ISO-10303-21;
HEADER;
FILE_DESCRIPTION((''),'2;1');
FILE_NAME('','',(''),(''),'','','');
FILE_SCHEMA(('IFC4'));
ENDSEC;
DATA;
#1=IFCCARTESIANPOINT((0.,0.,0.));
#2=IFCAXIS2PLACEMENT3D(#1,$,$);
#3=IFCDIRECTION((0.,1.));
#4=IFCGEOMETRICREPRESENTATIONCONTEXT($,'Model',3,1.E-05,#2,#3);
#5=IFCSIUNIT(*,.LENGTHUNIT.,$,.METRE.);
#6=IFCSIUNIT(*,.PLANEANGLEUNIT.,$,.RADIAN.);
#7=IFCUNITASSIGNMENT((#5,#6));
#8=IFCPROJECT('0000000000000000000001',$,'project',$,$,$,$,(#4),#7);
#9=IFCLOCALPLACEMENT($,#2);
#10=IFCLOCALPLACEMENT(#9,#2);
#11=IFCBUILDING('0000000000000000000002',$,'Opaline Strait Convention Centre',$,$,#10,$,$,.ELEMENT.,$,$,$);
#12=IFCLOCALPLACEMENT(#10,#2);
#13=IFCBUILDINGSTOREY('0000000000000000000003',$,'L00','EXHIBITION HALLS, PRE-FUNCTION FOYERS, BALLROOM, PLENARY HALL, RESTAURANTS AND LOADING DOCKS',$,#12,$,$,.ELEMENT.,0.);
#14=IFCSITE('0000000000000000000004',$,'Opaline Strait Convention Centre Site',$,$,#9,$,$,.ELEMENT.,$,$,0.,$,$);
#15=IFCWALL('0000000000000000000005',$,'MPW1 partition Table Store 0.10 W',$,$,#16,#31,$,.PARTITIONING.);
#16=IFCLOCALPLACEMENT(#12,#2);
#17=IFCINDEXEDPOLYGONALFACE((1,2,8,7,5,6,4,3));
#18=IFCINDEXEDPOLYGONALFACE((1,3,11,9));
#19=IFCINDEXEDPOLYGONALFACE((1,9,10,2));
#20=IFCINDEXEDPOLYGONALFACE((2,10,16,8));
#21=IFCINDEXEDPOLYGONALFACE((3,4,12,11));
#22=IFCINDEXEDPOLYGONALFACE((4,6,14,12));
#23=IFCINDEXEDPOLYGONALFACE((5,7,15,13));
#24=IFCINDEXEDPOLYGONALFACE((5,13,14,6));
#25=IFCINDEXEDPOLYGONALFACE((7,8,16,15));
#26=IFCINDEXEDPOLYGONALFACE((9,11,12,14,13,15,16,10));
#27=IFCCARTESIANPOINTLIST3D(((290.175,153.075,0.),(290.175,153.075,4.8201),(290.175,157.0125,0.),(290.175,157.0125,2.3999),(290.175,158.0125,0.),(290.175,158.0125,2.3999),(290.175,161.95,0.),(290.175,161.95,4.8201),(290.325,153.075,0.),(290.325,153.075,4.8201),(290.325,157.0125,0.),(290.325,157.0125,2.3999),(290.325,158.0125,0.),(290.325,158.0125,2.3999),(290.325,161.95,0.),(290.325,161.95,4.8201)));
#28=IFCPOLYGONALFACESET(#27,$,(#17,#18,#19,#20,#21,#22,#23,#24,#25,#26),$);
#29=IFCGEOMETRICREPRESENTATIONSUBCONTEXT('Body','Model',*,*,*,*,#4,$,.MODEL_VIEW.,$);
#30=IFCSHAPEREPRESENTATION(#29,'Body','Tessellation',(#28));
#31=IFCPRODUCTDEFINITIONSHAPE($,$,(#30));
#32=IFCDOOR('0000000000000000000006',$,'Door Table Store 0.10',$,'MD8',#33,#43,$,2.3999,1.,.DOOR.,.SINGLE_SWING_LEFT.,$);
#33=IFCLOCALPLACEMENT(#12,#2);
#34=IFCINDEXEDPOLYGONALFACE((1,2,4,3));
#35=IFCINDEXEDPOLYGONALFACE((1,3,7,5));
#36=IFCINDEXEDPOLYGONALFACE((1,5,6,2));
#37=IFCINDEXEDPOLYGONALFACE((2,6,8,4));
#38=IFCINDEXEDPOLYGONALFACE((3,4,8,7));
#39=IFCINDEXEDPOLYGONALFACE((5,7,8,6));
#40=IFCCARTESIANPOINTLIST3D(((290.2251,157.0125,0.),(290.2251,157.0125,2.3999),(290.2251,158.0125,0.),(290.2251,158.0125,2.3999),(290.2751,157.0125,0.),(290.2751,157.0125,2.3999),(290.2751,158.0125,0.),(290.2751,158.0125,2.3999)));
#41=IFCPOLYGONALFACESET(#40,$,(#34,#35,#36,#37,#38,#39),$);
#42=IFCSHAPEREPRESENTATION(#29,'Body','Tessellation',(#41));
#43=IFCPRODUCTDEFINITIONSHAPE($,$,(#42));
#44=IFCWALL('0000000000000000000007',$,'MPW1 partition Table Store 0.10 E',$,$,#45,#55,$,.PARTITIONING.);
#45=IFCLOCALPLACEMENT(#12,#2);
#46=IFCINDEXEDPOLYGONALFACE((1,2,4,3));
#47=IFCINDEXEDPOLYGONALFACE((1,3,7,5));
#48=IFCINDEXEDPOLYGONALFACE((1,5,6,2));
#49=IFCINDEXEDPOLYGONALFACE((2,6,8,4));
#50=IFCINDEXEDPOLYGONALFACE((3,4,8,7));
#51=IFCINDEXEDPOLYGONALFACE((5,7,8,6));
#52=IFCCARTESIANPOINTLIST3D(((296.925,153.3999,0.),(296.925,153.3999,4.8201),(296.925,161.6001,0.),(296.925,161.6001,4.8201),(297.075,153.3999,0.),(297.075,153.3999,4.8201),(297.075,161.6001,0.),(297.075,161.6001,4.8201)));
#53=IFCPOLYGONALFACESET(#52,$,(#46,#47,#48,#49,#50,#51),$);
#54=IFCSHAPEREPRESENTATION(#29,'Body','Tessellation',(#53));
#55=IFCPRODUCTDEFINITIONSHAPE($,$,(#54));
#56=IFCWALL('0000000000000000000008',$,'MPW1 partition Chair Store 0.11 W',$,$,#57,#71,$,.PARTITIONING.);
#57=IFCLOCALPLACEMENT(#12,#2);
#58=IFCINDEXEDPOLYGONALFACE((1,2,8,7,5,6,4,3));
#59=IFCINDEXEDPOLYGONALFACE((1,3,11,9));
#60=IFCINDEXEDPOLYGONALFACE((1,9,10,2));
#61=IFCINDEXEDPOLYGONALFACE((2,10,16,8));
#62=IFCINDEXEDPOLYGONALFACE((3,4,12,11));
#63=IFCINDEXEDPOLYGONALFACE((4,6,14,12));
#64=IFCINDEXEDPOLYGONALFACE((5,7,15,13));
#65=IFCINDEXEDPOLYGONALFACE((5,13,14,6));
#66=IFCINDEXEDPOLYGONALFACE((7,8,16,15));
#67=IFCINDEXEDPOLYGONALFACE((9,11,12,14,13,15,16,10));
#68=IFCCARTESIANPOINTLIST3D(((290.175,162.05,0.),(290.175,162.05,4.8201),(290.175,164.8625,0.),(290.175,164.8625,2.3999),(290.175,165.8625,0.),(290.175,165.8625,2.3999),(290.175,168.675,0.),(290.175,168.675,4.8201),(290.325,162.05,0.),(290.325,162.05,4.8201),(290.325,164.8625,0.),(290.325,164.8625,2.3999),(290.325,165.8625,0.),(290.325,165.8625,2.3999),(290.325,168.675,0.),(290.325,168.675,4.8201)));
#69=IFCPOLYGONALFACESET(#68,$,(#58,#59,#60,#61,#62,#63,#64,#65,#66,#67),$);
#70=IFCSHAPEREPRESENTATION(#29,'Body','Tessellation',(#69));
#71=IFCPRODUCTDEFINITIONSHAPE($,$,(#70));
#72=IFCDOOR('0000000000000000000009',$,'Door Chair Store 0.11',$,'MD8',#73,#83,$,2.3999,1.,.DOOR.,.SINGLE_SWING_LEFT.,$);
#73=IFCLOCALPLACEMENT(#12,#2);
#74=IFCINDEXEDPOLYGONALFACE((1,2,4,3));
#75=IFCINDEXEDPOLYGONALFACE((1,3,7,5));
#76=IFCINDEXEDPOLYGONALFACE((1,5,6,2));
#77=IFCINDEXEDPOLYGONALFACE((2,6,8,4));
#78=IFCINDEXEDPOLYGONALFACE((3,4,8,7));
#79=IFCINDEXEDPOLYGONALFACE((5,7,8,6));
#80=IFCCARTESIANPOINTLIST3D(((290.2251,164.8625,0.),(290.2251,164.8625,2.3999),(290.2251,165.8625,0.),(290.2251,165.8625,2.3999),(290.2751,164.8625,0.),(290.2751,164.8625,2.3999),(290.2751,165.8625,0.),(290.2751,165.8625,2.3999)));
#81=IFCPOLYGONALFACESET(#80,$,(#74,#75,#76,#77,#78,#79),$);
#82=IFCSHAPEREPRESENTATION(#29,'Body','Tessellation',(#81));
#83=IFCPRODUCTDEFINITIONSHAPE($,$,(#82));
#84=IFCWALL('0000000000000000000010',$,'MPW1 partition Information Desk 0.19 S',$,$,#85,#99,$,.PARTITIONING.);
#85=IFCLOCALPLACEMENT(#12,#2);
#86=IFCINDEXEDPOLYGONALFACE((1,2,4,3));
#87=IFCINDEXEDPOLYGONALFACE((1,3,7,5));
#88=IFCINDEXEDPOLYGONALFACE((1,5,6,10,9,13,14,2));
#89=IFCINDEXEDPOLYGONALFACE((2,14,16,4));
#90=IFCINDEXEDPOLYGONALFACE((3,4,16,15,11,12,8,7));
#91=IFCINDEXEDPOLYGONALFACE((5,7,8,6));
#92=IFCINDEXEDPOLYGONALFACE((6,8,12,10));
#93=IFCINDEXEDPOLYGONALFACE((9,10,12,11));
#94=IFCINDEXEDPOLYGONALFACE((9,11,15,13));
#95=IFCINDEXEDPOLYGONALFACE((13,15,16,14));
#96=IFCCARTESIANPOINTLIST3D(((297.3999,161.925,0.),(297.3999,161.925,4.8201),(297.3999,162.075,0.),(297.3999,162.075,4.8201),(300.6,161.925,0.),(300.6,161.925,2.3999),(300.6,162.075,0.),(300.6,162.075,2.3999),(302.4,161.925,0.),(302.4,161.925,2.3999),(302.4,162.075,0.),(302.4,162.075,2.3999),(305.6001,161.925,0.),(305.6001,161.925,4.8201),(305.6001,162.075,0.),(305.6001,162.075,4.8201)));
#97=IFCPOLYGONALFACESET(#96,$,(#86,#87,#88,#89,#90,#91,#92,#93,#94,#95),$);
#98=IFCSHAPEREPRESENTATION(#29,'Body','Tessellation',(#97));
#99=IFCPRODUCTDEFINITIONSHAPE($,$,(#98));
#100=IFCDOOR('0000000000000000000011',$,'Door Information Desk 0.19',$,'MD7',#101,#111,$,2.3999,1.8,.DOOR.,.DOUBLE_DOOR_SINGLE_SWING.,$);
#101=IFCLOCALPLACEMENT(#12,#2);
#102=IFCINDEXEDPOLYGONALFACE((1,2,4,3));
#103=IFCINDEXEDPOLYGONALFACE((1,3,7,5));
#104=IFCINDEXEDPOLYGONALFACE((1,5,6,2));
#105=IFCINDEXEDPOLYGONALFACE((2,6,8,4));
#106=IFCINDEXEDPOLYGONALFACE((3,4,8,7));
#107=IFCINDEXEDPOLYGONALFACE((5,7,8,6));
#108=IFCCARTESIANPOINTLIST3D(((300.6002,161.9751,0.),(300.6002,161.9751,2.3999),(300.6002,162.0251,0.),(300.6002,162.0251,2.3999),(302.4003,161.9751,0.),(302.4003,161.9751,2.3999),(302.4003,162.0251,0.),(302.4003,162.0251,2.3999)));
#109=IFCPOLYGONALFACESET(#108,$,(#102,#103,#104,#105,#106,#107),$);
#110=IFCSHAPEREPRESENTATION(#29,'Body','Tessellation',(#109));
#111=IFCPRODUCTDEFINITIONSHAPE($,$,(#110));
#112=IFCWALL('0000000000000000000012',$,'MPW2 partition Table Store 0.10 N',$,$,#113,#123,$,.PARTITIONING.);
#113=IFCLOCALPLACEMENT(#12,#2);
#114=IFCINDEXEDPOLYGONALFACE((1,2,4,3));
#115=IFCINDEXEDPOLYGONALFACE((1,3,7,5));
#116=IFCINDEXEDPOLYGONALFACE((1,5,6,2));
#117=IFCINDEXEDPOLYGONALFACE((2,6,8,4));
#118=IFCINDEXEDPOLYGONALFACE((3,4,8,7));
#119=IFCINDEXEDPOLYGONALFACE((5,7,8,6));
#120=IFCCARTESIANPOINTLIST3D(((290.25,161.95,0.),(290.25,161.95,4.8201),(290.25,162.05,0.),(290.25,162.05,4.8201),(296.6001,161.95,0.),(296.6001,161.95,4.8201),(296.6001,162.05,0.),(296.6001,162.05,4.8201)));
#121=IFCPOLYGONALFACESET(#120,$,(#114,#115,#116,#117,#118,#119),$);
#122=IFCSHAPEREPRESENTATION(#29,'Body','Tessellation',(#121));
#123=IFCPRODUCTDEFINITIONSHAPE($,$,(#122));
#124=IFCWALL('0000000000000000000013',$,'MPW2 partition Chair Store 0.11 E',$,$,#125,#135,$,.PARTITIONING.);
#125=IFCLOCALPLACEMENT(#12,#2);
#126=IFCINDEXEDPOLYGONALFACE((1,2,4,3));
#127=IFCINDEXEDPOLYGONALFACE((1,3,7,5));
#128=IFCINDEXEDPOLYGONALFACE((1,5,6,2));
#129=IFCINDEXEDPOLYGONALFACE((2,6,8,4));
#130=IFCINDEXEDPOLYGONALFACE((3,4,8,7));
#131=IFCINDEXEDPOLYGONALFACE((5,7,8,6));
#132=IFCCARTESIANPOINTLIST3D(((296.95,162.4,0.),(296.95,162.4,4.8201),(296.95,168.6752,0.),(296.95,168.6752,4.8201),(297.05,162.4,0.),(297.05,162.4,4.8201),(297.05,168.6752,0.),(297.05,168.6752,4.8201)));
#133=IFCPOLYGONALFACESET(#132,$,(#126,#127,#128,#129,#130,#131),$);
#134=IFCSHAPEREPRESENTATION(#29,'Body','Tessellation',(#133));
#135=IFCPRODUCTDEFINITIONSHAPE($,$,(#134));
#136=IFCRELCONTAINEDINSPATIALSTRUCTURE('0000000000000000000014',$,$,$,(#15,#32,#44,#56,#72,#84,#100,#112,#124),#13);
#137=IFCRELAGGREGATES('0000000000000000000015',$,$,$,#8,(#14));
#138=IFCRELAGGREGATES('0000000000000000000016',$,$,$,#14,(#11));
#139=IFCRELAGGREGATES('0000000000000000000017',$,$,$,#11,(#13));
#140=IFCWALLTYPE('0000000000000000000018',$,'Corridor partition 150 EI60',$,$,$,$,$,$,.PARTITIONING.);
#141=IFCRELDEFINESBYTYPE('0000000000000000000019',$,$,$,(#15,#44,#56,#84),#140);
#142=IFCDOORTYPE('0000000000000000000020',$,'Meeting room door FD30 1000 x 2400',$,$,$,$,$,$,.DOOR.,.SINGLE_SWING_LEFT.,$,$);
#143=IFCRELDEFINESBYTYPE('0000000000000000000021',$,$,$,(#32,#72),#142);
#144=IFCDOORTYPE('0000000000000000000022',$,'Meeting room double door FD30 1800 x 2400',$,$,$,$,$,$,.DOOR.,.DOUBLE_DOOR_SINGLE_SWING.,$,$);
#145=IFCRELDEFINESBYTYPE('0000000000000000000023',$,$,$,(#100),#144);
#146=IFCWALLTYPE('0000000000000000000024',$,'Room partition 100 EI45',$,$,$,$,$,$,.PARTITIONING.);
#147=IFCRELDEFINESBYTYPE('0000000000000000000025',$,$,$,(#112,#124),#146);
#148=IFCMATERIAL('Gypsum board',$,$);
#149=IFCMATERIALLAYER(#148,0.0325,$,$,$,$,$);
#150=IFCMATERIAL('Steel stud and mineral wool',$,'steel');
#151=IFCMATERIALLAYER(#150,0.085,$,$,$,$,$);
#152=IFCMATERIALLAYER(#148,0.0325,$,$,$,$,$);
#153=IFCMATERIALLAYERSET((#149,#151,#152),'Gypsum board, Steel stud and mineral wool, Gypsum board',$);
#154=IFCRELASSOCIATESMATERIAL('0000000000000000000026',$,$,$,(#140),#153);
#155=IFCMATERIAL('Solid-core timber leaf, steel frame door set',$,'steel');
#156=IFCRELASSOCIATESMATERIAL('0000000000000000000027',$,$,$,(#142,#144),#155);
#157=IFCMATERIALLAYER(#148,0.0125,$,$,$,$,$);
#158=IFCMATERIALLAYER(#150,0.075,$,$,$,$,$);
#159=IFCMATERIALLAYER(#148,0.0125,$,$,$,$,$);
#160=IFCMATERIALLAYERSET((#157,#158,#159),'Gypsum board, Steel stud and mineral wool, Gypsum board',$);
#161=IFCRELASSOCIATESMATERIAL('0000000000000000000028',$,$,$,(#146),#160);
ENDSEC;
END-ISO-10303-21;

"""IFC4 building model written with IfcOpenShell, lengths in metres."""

from ifc_helpers import new_model, si_unit, direction, frame, frame_2d, origin, place, context, subcontext, project, spatial, rectangle, extrude, material, layer, layer_set, type_object, element, fill, save


model = new_model("IFC4")

# Units and contexts
model_context = context("Model", 3, precision=1e-05, world=origin(), true_north=direction((0.0, 1.0)))
body_context = subcontext(model_context, "Body", "Model", "MODEL_VIEW")
ifc_project = project(units=[si_unit("LENGTHUNIT", "METRE"), si_unit("PLANEANGLEUNIT", "RADIAN")], contexts=[model_context])

# Site, building, storey
site_placement = place(None, origin())
site = spatial("IfcSite", under=ifc_project, at=site_placement, Name="Opaline Strait Convention Centre Site", CompositionType="ELEMENT", RefElevation=0.0)
building_placement = place(site_placement, origin())
building = spatial("IfcBuilding", under=site, at=building_placement, Name="Opaline Strait Convention Centre", CompositionType="ELEMENT")
storey_placement = place(building_placement, origin())
storey = spatial("IfcBuildingStorey", under=building, at=storey_placement, Name="L00", Description="EXHIBITION HALLS, PRE-FUNCTION FOYERS, BALLROOM, PLENARY HALL, RESTAURANTS AND LOADING DOCKS", CompositionType="ELEMENT", Elevation=0.0)

# Wall, opening, door
ifc_material_1 = material(Name="Gypsum board")
ifc_layer_1 = layer(ifc_material_1, 0.0325)
ifc_material_2 = material(Name="Steel stud and mineral wool", Category="steel")
ifc_layer_2 = layer(ifc_material_2, 0.085)
ifc_layer_3 = layer(ifc_material_1, 0.0325)
ifc_layer_set_1 = layer_set([ifc_layer_1, ifc_layer_2, ifc_layer_3], Name="Gypsum board, Steel stud and mineral wool, Gypsum board")
wall_type_1 = type_object("IfcWallType", Name="Corridor partition 150 EI60", PredefinedType="PARTITIONING", material=ifc_layer_set_1)
wall_1_placement = place(storey_placement, frame((290.25, 153.075, 0.0), z_axis=(0.0, 0.0, 1.0), x_axis=(0.0, 1.0, 0.0)))
wall_1 = element("IfcWall", 1, at=wall_1_placement, inside=storey, type_object=wall_type_1, Name="MPW1 partition Table Store 0.10 W", PredefinedType="PARTITIONING", context=body_context, shape_type="SweptSolid", body=[
    extrude(rectangle(XDim=8.875, YDim=0.1499, at=frame_2d((4.4375, 0.0))), origin(), (0.0, 0.0, 1.0), 4.8201),
])
opening_1_placement = place(wall_1_placement, frame((3.9375, 0.0, 0.0)))
opening_1 = element("IfcOpeningElement", 2, at=opening_1_placement, cuts=wall_1, PredefinedType="OPENING", context=body_context, shape_type="SweptSolid", body=[
    extrude(rectangle(XDim=1.0, YDim=2.3999, at=frame_2d((0.5, 1.2))), frame((0.0, 0.085, 0.0), z_axis=(0.0, -1.0, 0.0), x_axis=(1.0, 0.0, 0.0)), (0.0, 0.0, 1.0), 0.1699),
])
ifc_material_3 = material(Name="Solid-core timber leaf, steel frame door set", Category="steel")
door_type_1 = type_object("IfcDoorType", Name="Meeting room door FD30 1000 x 2400", OperationType="SINGLE_SWING_LEFT", PredefinedType="DOOR", material=ifc_material_3)
door_1_placement = place(opening_1_placement, origin())
door_1 = element("IfcDoor", 3, at=door_1_placement, inside=storey, type_object=door_type_1, Name="Door Table Store 0.10", ObjectType="MD8", OperationType="SINGLE_SWING_LEFT", OverallHeight=2.3999, OverallWidth=1.0, PredefinedType="DOOR", context=body_context, shape_type="SweptSolid", body=[
    extrude(rectangle(XDim=1.0, YDim=2.3999, at=frame_2d((0.5, 1.2))), frame((0.0, 0.0249, 0.0), z_axis=(0.0, -1.0, 0.0), x_axis=(1.0, 0.0, 0.0)), (0.0, 0.0, 1.0), 0.05),
])
fill(opening_1, door_1)

# Wall
wall_2_placement = place(storey_placement, frame((297.0, 153.3999, 0.0), z_axis=(0.0, 0.0, 1.0), x_axis=(0.0, 1.0, 0.0)))
element("IfcWall", 4, at=wall_2_placement, inside=storey, type_object=wall_type_1, Name="MPW1 partition Table Store 0.10 E", PredefinedType="PARTITIONING", context=body_context, shape_type="SweptSolid", body=[
    extrude(rectangle(XDim=8.2002, YDim=0.1499, at=frame_2d((4.1001, 0.0))), origin(), (0.0, 0.0, 1.0), 4.8201),
])

# Walls, openings, doors
wall_3_placement = place(storey_placement, frame((290.25, 162.05, 0.0), z_axis=(0.0, 0.0, 1.0), x_axis=(0.0, 1.0, 0.0)))
wall_3 = element("IfcWall", 5, at=wall_3_placement, inside=storey, type_object=wall_type_1, Name="MPW1 partition Chair Store 0.11 W", PredefinedType="PARTITIONING", context=body_context, shape_type="SweptSolid", body=[
    extrude(rectangle(XDim=6.625, YDim=0.1499, at=frame_2d((3.3125, 0.0))), origin(), (0.0, 0.0, 1.0), 4.8201),
])
opening_2_placement = place(wall_3_placement, frame((2.8125, 0.0, 0.0)))
opening_2 = element("IfcOpeningElement", 6, at=opening_2_placement, cuts=wall_3, PredefinedType="OPENING", context=body_context, shape_type="SweptSolid", body=[
    extrude(rectangle(XDim=1.0, YDim=2.3999, at=frame_2d((0.5, 1.2))), frame((0.0, 0.085, 0.0), z_axis=(0.0, -1.0, 0.0), x_axis=(1.0, 0.0, 0.0)), (0.0, 0.0, 1.0), 0.1699),
])
door_2_placement = place(opening_2_placement, origin())
door_2 = element("IfcDoor", 7, at=door_2_placement, inside=storey, type_object=door_type_1, Name="Door Chair Store 0.11", ObjectType="MD8", OperationType="SINGLE_SWING_LEFT", OverallHeight=2.3999, OverallWidth=1.0, PredefinedType="DOOR", context=body_context, shape_type="SweptSolid", body=[
    extrude(rectangle(XDim=1.0, YDim=2.3999, at=frame_2d((0.5, 1.2))), frame((0.0, 0.0249, 0.0), z_axis=(0.0, -1.0, 0.0), x_axis=(1.0, 0.0, 0.0)), (0.0, 0.0, 1.0), 0.05),
])
fill(opening_2, door_2)
wall_4_placement = place(storey_placement, frame((297.3999, 162.0, 0.0), z_axis=(0.0, 0.0, 1.0), x_axis=(1.0, 0.0, 0.0)))
wall_4 = element("IfcWall", 8, at=wall_4_placement, inside=storey, type_object=wall_type_1, Name="MPW1 partition Information Desk 0.19 S", PredefinedType="PARTITIONING", context=body_context, shape_type="SweptSolid", body=[
    extrude(rectangle(XDim=8.2002, YDim=0.1499, at=frame_2d((4.1001, 0.0))), origin(), (0.0, 0.0, 1.0), 4.8201),
])
opening_3_placement = place(wall_4_placement, frame((3.2002, 0.0, 0.0)))
opening_3 = element("IfcOpeningElement", 9, at=opening_3_placement, cuts=wall_4, PredefinedType="OPENING", context=body_context, shape_type="SweptSolid", body=[
    extrude(rectangle(XDim=1.8, YDim=2.3999, at=frame_2d((0.8999, 1.2))), frame((0.0, 0.085, 0.0), z_axis=(0.0, -1.0, 0.0), x_axis=(1.0, 0.0, 0.0)), (0.0, 0.0, 1.0), 0.1699),
])
door_type_2 = type_object("IfcDoorType", Name="Meeting room double door FD30 1800 x 2400", OperationType="DOUBLE_DOOR_SINGLE_SWING", PredefinedType="DOOR", material=ifc_material_3)
door_3_placement = place(opening_3_placement, frame((1.8, 0.0, 0.0), z_axis=(0.0, 0.0, 1.0), x_axis=(-1.0, 0.0, 0.0)))
door_3 = element("IfcDoor", 10, at=door_3_placement, inside=storey, type_object=door_type_2, Name="Door Information Desk 0.19", ObjectType="MD7", OperationType="DOUBLE_DOOR_SINGLE_SWING", OverallHeight=2.3999, OverallWidth=1.8, PredefinedType="DOOR", context=body_context, shape_type="SweptSolid", body=[
    extrude(rectangle(XDim=1.8, YDim=2.3999, at=frame_2d((0.8999, 1.2))), frame((0.0, 0.0249, 0.0), z_axis=(0.0, -1.0, 0.0), x_axis=(1.0, 0.0, 0.0)), (0.0, 0.0, 1.0), 0.05),
])
fill(opening_3, door_3)

# Walls
ifc_layer_4 = layer(ifc_material_1, 0.0125)
ifc_layer_5 = layer(ifc_material_2, 0.075)
ifc_layer_6 = layer(ifc_material_1, 0.0125)
ifc_layer_set_2 = layer_set([ifc_layer_4, ifc_layer_5, ifc_layer_6], Name="Gypsum board, Steel stud and mineral wool, Gypsum board")
wall_type_2 = type_object("IfcWallType", Name="Room partition 100 EI45", PredefinedType="PARTITIONING", material=ifc_layer_set_2)
wall_5_placement = place(storey_placement, frame((290.25, 162.0, 0.0), z_axis=(0.0, 0.0, 1.0), x_axis=(1.0, 0.0, 0.0)))
element("IfcWall", 11, at=wall_5_placement, inside=storey, type_object=wall_type_2, Name="MPW2 partition Table Store 0.10 N", PredefinedType="PARTITIONING", context=body_context, shape_type="SweptSolid", body=[
    extrude(rectangle(XDim=6.3501, YDim=0.1001, at=frame_2d((3.175, 0.0))), origin(), (0.0, 0.0, 1.0), 4.8201),
])
wall_6_placement = place(storey_placement, frame((297.0, 162.3999, 0.0), z_axis=(0.0, 0.0, 1.0), x_axis=(0.0, 1.0, 0.0)))
element("IfcWall", 12, at=wall_6_placement, inside=storey, type_object=wall_type_2, Name="MPW2 partition Chair Store 0.11 E", PredefinedType="PARTITIONING", context=body_context, shape_type="SweptSolid", body=[
    extrude(rectangle(XDim=6.2751, YDim=0.1001, at=frame_2d((3.1377, 0.0))), origin(), (0.0, 0.0, 1.0), 4.8201),
])

save(model, "model.ifc")
